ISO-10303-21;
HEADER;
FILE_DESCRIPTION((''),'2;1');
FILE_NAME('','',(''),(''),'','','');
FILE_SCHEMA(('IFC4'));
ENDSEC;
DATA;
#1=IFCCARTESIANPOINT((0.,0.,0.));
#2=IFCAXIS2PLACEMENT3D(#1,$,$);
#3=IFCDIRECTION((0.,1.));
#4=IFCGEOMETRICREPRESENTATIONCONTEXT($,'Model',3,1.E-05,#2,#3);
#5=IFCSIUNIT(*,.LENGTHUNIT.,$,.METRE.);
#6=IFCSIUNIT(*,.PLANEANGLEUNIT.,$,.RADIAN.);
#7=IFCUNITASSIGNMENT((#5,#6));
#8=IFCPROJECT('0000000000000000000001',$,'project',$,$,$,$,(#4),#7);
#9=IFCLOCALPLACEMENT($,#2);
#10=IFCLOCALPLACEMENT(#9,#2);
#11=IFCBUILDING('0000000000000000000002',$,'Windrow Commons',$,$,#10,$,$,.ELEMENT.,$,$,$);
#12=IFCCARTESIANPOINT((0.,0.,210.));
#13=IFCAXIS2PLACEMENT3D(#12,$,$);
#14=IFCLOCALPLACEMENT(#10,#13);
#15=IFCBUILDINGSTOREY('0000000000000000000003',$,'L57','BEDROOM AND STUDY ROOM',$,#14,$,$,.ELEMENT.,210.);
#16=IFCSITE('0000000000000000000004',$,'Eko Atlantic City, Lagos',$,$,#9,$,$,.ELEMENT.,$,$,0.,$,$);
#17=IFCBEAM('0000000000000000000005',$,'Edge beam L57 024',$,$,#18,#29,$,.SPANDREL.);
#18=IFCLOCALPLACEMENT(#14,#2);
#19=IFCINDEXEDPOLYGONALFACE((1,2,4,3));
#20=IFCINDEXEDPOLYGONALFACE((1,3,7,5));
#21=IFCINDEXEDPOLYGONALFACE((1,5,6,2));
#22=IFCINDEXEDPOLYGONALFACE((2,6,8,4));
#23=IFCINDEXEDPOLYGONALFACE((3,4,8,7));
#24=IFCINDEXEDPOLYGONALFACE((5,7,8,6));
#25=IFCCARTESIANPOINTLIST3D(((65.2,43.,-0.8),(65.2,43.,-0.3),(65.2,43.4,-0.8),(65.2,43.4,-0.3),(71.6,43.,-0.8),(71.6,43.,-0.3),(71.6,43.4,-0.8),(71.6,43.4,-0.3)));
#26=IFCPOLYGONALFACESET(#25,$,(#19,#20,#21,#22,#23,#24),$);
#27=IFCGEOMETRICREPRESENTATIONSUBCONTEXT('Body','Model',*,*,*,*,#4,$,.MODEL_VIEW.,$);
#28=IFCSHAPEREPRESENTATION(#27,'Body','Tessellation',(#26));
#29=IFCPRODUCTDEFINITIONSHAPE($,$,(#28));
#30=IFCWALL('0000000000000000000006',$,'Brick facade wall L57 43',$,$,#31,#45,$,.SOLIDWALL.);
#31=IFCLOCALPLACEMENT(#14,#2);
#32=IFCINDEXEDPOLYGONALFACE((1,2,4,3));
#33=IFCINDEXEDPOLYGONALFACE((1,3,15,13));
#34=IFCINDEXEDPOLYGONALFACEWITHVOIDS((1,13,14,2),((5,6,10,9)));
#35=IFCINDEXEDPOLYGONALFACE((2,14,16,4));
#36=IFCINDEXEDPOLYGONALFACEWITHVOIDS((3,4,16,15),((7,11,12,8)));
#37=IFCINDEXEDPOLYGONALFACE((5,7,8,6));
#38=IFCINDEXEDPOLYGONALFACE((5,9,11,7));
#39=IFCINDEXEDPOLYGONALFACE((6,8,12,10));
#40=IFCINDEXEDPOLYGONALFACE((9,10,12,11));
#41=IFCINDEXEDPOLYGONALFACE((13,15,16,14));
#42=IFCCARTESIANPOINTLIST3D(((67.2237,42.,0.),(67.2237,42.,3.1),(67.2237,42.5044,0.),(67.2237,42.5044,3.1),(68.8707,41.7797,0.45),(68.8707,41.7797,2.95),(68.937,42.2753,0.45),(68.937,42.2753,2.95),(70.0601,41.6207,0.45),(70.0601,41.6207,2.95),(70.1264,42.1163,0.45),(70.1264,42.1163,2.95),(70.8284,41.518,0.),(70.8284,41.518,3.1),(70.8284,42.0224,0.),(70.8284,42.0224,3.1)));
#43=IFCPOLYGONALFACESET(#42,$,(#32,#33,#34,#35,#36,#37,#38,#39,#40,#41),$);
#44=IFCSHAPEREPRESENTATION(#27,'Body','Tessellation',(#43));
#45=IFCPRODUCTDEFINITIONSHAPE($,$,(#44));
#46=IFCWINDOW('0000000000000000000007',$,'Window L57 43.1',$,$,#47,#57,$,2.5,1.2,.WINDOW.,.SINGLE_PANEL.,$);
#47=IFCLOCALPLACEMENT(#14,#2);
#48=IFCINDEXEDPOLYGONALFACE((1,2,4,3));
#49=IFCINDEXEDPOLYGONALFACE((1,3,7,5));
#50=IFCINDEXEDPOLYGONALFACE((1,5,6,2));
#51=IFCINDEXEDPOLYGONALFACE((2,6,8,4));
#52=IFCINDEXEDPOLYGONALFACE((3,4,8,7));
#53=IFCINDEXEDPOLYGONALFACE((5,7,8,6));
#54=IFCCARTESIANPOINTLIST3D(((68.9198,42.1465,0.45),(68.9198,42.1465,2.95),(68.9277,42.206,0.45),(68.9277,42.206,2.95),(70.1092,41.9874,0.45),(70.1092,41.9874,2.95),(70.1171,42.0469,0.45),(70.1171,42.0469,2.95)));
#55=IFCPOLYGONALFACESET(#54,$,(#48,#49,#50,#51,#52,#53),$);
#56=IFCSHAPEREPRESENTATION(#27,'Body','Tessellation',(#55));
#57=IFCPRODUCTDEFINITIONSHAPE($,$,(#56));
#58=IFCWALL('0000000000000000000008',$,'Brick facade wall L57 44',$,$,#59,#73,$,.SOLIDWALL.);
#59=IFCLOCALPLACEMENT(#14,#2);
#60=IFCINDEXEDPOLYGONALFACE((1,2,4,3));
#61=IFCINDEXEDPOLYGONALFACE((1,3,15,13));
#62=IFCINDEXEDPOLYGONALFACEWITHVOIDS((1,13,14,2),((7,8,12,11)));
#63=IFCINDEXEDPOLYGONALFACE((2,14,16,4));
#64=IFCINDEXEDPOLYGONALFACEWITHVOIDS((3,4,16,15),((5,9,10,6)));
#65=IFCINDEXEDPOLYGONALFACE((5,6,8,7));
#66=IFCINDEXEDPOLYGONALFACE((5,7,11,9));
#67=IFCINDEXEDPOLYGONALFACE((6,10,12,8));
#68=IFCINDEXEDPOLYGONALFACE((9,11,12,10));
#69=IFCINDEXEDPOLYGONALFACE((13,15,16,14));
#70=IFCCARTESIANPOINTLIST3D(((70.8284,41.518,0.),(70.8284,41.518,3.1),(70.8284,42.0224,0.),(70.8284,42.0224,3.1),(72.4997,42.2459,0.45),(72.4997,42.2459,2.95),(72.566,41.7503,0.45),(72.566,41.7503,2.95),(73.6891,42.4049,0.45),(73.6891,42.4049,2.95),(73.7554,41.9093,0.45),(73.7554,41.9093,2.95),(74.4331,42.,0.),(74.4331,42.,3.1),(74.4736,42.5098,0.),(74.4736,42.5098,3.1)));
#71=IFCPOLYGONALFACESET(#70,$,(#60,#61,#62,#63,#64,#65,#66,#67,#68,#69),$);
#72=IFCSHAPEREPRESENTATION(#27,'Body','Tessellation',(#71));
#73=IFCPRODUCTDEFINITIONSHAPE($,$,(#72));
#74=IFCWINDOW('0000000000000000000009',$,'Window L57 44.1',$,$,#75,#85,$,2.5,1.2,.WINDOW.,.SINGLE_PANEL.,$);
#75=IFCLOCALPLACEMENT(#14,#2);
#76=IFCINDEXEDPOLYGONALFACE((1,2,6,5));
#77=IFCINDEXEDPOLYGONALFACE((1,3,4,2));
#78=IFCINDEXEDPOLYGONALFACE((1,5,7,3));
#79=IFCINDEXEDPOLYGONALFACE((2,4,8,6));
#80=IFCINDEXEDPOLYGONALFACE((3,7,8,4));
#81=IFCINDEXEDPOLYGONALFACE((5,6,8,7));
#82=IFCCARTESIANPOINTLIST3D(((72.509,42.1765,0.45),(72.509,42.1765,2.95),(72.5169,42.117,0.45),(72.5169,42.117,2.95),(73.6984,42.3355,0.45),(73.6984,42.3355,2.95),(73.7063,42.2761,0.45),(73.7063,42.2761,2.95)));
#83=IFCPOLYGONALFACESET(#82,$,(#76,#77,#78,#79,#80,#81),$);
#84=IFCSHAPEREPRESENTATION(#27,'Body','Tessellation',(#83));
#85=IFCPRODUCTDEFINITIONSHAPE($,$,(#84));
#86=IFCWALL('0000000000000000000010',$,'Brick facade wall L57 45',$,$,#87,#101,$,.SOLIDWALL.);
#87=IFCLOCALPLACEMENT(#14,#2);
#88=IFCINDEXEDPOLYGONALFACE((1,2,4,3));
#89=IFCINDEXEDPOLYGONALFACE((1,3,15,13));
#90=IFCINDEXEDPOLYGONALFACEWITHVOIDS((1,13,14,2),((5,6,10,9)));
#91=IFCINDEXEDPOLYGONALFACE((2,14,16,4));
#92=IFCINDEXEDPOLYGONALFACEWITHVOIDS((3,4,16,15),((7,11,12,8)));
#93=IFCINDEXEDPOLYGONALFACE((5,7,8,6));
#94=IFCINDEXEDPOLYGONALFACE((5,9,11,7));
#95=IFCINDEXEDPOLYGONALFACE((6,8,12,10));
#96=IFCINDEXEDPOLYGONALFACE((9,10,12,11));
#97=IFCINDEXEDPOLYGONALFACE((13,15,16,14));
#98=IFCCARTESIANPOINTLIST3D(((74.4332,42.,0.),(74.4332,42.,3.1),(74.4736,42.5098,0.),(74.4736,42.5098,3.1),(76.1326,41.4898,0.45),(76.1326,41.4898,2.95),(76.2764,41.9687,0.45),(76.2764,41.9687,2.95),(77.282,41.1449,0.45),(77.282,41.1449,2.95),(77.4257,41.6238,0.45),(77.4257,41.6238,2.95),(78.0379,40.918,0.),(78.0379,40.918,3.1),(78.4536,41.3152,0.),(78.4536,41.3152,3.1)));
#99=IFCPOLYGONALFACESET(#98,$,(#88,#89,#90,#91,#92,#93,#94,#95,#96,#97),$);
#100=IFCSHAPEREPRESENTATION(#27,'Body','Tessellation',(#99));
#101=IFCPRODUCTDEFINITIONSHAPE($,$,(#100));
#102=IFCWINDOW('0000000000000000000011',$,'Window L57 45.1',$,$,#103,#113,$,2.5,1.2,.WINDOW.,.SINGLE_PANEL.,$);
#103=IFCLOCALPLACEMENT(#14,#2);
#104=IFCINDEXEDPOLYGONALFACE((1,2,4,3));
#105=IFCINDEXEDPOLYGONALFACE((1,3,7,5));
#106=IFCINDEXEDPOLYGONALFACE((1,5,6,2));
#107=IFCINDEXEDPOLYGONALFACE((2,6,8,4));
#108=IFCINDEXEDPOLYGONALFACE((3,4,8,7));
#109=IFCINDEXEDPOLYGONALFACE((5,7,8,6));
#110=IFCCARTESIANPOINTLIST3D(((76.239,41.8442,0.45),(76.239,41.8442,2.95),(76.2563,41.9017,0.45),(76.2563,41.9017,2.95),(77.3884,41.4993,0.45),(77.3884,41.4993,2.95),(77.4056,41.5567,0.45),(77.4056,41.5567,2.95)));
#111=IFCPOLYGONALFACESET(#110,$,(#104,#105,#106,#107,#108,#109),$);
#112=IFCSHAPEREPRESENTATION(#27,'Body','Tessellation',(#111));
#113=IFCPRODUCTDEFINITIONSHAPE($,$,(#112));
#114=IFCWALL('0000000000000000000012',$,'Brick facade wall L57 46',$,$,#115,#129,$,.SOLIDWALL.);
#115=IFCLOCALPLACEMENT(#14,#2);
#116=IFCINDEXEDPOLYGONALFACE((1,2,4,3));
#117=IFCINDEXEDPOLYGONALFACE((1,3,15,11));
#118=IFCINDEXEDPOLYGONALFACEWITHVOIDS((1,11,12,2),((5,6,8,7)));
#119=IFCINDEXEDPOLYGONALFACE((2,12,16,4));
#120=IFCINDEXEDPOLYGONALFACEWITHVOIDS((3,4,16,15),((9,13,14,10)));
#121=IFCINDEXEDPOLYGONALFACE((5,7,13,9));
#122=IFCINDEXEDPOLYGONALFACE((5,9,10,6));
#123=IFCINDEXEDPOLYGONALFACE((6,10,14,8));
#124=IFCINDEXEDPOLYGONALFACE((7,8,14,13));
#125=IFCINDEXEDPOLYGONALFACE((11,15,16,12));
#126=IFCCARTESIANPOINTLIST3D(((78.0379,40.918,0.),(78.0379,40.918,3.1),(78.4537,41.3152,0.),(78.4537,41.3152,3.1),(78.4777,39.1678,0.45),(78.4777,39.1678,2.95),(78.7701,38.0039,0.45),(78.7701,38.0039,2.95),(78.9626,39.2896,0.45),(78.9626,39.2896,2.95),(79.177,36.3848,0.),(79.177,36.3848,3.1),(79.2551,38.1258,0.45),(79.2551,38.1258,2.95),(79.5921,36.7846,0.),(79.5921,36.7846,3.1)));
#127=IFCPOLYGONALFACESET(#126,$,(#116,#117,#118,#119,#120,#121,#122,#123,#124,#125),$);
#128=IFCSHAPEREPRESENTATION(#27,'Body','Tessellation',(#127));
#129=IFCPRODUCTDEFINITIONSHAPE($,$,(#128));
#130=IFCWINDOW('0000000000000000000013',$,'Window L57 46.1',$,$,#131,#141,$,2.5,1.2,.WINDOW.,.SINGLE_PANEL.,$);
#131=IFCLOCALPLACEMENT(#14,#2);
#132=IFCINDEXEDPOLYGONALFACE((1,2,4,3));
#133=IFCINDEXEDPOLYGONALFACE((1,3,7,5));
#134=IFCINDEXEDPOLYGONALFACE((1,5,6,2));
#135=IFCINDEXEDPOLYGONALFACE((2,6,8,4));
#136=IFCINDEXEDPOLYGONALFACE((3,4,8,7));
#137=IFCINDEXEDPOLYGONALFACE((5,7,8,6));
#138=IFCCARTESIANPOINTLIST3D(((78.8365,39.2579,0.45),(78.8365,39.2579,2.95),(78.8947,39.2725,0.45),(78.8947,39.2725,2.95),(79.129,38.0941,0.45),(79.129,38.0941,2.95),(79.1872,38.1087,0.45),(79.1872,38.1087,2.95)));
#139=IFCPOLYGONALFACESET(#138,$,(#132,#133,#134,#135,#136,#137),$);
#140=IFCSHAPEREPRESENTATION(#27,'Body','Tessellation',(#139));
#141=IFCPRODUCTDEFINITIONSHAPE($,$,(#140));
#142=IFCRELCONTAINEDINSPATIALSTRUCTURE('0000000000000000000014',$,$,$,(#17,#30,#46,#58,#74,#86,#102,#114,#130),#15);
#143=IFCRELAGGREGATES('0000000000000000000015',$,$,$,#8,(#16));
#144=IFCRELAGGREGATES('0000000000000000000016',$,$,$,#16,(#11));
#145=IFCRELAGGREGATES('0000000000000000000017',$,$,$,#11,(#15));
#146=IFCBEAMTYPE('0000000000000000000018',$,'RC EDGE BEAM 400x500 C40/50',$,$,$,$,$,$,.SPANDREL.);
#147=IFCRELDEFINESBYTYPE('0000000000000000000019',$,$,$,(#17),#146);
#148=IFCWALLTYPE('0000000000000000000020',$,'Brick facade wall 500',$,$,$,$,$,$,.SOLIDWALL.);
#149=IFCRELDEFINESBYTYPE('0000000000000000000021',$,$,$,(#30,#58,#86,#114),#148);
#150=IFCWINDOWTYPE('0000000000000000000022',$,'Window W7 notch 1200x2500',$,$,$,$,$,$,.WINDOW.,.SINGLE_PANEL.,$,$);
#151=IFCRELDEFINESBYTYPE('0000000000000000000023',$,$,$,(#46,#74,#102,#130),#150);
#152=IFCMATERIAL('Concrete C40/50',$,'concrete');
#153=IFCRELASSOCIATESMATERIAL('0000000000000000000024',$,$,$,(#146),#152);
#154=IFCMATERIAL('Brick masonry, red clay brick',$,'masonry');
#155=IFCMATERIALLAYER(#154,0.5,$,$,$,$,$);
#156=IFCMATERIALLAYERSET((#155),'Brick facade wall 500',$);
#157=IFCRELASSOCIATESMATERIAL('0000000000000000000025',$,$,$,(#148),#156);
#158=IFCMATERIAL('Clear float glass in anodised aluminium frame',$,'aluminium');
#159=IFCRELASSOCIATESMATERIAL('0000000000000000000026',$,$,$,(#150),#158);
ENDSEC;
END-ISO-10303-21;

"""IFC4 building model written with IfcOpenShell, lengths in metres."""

from ifc_helpers import new_model, si_unit, direction, frame, frame_2d, origin, origin_2d, place, context, subcontext, project, spatial, polyline, rectangle, outline, extrude, material, layer, layer_set, material_profile, profile_set, type_object, element, fill, save


model = new_model("IFC4")

# Units and contexts
model_context = context("Model", 3, precision=1e-05, world=origin(), true_north=direction((0.0, 1.0)))
body_context = subcontext(model_context, "Body", "Model", "MODEL_VIEW")
ifc_project = project(units=[si_unit("LENGTHUNIT", "METRE"), si_unit("PLANEANGLEUNIT", "RADIAN")], contexts=[model_context])

# Site, building, storey
site_placement = place(None, origin())
site = spatial("IfcSite", under=ifc_project, at=site_placement, Name="Eko Atlantic City, Lagos", CompositionType="ELEMENT", RefElevation=0.0)
building_placement = place(site_placement, origin())
building = spatial("IfcBuilding", under=site, at=building_placement, Name="Windrow Commons", CompositionType="ELEMENT")
storey_placement = place(building_placement, frame((0.0, 0.0, 210.0)))
storey = spatial("IfcBuildingStorey", under=building, at=storey_placement, Name="L57", Description="BEDROOM AND STUDY ROOM", CompositionType="ELEMENT", Elevation=210.0)

# Beam
ifc_material_1 = material(Name="Concrete C40/50", Category="concrete")
ifc_material_profile = material_profile(ifc_material_1, rectangle(XDim=0.4, YDim=0.5, at=origin_2d()))
ifc_profile_set = profile_set([ifc_material_profile], Name="Concrete C40/50")
beam_type = type_object("IfcBeamType", Name="RC EDGE BEAM 400x500 C40/50", PredefinedType="SPANDREL", material=ifc_profile_set)
beam_placement = place(storey_placement, frame((71.6, 43.2, -0.55), z_axis=(-1.0, 0.0, 0.0), x_axis=(0.0, -1.0, 0.0)))
element("IfcBeam", 1, at=beam_placement, inside=storey, type_object=beam_type, Name="Edge beam L57 024", PredefinedType="SPANDREL", context=body_context, shape_type="SweptSolid", body=[
    extrude(rectangle(XDim=0.4, YDim=0.5, at=origin_2d()), origin(), (0.0, 0.0, 1.0), 6.4),
])

# Walls, openings, windows
ifc_material_2 = material(Name="Brick masonry, red clay brick", Category="masonry")
ifc_layer_1 = layer(ifc_material_2, 0.5)
ifc_layer_set_1 = layer_set([ifc_layer_1], Name="Brick facade wall 500")
wall_type_1 = type_object("IfcWallType", Name="Brick facade wall 500", PredefinedType="SOLIDWALL", material=ifc_layer_set_1)
wall_1_placement = place(storey_placement, frame((67.2237, 42.2522, 0.0), z_axis=(0.0, 0.0, 1.0), x_axis=(0.991178, -0.132535, 0.0)))
wall_1 = element("IfcWall", 2, at=wall_1_placement, inside=storey, type_object=wall_type_1, Name="Brick facade wall L57 43", PredefinedType="SOLIDWALL", context=body_context, shape_type="SweptSolid", body=[
    extrude(outline(polyline([(0.0334, -0.25), (3.6702, -0.25), (3.6034, 0.25), (-0.0334, 0.25), (0.0334, -0.25)])), origin(), (0.0, 0.0, 1.0), 3.1),
])
opening_1_placement = place(wall_1_placement, frame((1.6951, 0.0, 0.45)))
opening_1 = element("IfcOpeningElement", 3, at=opening_1_placement, cuts=wall_1, PredefinedType="OPENING", context=body_context, shape_type="SweptSolid", body=[
    extrude(rectangle(XDim=1.2, YDim=2.5, at=frame_2d((0.6, 1.25))), frame((0.0, 0.26, 0.0), z_axis=(0.0, -1.0, 0.0), x_axis=(1.0, 0.0, 0.0)), (0.0, 0.0, 1.0), 0.52),
])
ifc_material_3 = material(Name="Clear float glass in anodised aluminium frame", Category="aluminium")
window_type_1 = type_object("IfcWindowType", Name="Window W7 notch 1200x2500", PartitioningType="SINGLE_PANEL", PredefinedType="WINDOW", material=ifc_material_3)
window_1_placement = place(opening_1_placement, origin())
window_1 = element("IfcWindow", 4, at=window_1_placement, inside=storey, type_object=window_type_1, Name="Window L57 43.1", OverallHeight=2.5, OverallWidth=1.2, PartitioningType="SINGLE_PANEL", PredefinedType="WINDOW", context=body_context, shape_type="SweptSolid", body=[
    extrude(rectangle(XDim=1.2, YDim=2.5, at=frame_2d((0.6, 1.25))), frame((0.0, 0.18, 0.0), z_axis=(0.0, -1.0, 0.0), x_axis=(1.0, 0.0, 0.0)), (0.0, 0.0, 1.0), 0.06),
])
fill(opening_1, window_1)
wall_2_placement = place(storey_placement, frame((70.8284, 41.7702, 0.0), z_axis=(0.0, 0.0, 1.0), x_axis=(0.991179, 0.132531, 0.0)))
wall_2 = element("IfcWall", 5, at=wall_2_placement, inside=storey, type_object=wall_type_1, Name="Brick facade wall L57 44", PredefinedType="SOLIDWALL", context=body_context, shape_type="SweptSolid", body=[
    extrude(outline(polyline([(-0.0334, -0.25), (3.6034, -0.25), (3.7111, 0.25), (0.0334, 0.25), (-0.0334, -0.25)])), origin(), (0.0, 0.0, 1.0), 3.1),
])
opening_2_placement = place(wall_2_placement, frame((1.7196, 0.0, 0.45)))
opening_2 = element("IfcOpeningElement", 6, at=opening_2_placement, cuts=wall_2, PredefinedType="OPENING", context=body_context, shape_type="SweptSolid", body=[
    extrude(rectangle(XDim=1.2, YDim=2.5, at=frame_2d((0.6, 1.25))), frame((0.0, 0.26, 0.0), z_axis=(0.0, -1.0, 0.0), x_axis=(1.0, 0.0, 0.0)), (0.0, 0.0, 1.0), 0.52),
])
window_2_placement = place(opening_2_placement, origin())
window_2 = element("IfcWindow", 7, at=window_2_placement, inside=storey, type_object=window_type_1, Name="Window L57 44.1", OverallHeight=2.5, OverallWidth=1.2, PartitioningType="SINGLE_PANEL", PredefinedType="WINDOW", context=body_context, shape_type="SweptSolid", body=[
    extrude(rectangle(XDim=1.2, YDim=2.5, at=frame_2d((0.6, 1.25))), frame((0.0, 0.18, 0.0), z_axis=(0.0, -1.0, 0.0), x_axis=(1.0, 0.0, 0.0)), (0.0, 0.0, 1.0), 0.06),
])
fill(opening_2, window_2)
wall_3_placement = place(storey_placement, frame((74.4534, 42.2549, 0.0), z_axis=(0.0, 0.0, 1.0), x_axis=(0.957786, -0.287482, 0.0)))
wall_3 = element("IfcWall", 8, at=wall_3_placement, inside=storey, type_object=wall_type_1, Name="Brick facade wall L57 45", PredefinedType="SOLIDWALL", context=body_context, shape_type="SweptSolid", body=[
    extrude(outline(polyline([(0.0539, -0.25), (3.8175, -0.25), (4.1015, 0.25), (-0.0539, 0.25), (0.0539, -0.25)])), origin(), (0.0, 0.0, 1.0), 3.1),
])
opening_3_placement = place(wall_3_placement, frame((1.8283, 0.0, 0.45)))
opening_3 = element("IfcOpeningElement", 9, at=opening_3_placement, cuts=wall_3, PredefinedType="OPENING", context=body_context, shape_type="SweptSolid", body=[
    extrude(rectangle(XDim=1.2, YDim=2.5, at=frame_2d((0.6, 1.25))), frame((0.0, 0.26, 0.0), z_axis=(0.0, -1.0, 0.0), x_axis=(1.0, 0.0, 0.0)), (0.0, 0.0, 1.0), 0.52),
])
window_3_placement = place(opening_3_placement, origin())
window_3 = element("IfcWindow", 10, at=window_3_placement, inside=storey, type_object=window_type_1, Name="Window L57 45.1", OverallHeight=2.5, OverallWidth=1.2, PartitioningType="SINGLE_PANEL", PredefinedType="WINDOW", context=body_context, shape_type="SweptSolid", body=[
    extrude(rectangle(XDim=1.2, YDim=2.5, at=frame_2d((0.6, 1.25))), frame((0.0, 0.18, 0.0), z_axis=(0.0, -1.0, 0.0), x_axis=(1.0, 0.0, 0.0)), (0.0, 0.0, 1.0), 0.06),
])
fill(opening_3, window_3)
wall_4_placement = place(storey_placement, frame((78.2458, 41.1166, 0.0), z_axis=(0.0, 0.0, 1.0), x_axis=(0.243689, -0.969854, 0.0)))
wall_4 = element("IfcWall", 11, at=wall_4_placement, inside=storey, type_object=wall_type_1, Name="Brick facade wall L57 46", PredefinedType="SOLIDWALL", context=body_context, shape_type="SweptSolid", body=[
    extrude(outline(polyline([(0.142, -0.25), (4.8161, -0.25), (4.5295, 0.25), (-0.142, 0.25), (0.142, -0.25)])), origin(), (0.0, 0.0, 1.0), 3.1),
])
opening_4_placement = place(wall_4_placement, frame((1.9466, 0.0, 0.45)))
opening_4 = element("IfcOpeningElement", 12, at=opening_4_placement, cuts=wall_4, PredefinedType="OPENING", context=body_context, shape_type="SweptSolid", body=[
    extrude(rectangle(XDim=1.2, YDim=2.5, at=frame_2d((0.6, 1.25))), frame((0.0, 0.26, 0.0), z_axis=(0.0, -1.0, 0.0), x_axis=(1.0, 0.0, 0.0)), (0.0, 0.0, 1.0), 0.52),
])
window_4_placement = place(opening_4_placement, origin())
window_4 = element("IfcWindow", 13, at=window_4_placement, inside=storey, type_object=window_type_1, Name="Window L57 46.1", OverallHeight=2.5, OverallWidth=1.2, PartitioningType="SINGLE_PANEL", PredefinedType="WINDOW", context=body_context, shape_type="SweptSolid", body=[
    extrude(rectangle(XDim=1.2, YDim=2.5, at=frame_2d((0.6, 1.25))), frame((0.0, 0.18, 0.0), z_axis=(0.0, -1.0, 0.0), x_axis=(1.0, 0.0, 0.0)), (0.0, 0.0, 1.0), 0.06),
])
fill(opening_4, window_4)

save(model, "model.ifc")
